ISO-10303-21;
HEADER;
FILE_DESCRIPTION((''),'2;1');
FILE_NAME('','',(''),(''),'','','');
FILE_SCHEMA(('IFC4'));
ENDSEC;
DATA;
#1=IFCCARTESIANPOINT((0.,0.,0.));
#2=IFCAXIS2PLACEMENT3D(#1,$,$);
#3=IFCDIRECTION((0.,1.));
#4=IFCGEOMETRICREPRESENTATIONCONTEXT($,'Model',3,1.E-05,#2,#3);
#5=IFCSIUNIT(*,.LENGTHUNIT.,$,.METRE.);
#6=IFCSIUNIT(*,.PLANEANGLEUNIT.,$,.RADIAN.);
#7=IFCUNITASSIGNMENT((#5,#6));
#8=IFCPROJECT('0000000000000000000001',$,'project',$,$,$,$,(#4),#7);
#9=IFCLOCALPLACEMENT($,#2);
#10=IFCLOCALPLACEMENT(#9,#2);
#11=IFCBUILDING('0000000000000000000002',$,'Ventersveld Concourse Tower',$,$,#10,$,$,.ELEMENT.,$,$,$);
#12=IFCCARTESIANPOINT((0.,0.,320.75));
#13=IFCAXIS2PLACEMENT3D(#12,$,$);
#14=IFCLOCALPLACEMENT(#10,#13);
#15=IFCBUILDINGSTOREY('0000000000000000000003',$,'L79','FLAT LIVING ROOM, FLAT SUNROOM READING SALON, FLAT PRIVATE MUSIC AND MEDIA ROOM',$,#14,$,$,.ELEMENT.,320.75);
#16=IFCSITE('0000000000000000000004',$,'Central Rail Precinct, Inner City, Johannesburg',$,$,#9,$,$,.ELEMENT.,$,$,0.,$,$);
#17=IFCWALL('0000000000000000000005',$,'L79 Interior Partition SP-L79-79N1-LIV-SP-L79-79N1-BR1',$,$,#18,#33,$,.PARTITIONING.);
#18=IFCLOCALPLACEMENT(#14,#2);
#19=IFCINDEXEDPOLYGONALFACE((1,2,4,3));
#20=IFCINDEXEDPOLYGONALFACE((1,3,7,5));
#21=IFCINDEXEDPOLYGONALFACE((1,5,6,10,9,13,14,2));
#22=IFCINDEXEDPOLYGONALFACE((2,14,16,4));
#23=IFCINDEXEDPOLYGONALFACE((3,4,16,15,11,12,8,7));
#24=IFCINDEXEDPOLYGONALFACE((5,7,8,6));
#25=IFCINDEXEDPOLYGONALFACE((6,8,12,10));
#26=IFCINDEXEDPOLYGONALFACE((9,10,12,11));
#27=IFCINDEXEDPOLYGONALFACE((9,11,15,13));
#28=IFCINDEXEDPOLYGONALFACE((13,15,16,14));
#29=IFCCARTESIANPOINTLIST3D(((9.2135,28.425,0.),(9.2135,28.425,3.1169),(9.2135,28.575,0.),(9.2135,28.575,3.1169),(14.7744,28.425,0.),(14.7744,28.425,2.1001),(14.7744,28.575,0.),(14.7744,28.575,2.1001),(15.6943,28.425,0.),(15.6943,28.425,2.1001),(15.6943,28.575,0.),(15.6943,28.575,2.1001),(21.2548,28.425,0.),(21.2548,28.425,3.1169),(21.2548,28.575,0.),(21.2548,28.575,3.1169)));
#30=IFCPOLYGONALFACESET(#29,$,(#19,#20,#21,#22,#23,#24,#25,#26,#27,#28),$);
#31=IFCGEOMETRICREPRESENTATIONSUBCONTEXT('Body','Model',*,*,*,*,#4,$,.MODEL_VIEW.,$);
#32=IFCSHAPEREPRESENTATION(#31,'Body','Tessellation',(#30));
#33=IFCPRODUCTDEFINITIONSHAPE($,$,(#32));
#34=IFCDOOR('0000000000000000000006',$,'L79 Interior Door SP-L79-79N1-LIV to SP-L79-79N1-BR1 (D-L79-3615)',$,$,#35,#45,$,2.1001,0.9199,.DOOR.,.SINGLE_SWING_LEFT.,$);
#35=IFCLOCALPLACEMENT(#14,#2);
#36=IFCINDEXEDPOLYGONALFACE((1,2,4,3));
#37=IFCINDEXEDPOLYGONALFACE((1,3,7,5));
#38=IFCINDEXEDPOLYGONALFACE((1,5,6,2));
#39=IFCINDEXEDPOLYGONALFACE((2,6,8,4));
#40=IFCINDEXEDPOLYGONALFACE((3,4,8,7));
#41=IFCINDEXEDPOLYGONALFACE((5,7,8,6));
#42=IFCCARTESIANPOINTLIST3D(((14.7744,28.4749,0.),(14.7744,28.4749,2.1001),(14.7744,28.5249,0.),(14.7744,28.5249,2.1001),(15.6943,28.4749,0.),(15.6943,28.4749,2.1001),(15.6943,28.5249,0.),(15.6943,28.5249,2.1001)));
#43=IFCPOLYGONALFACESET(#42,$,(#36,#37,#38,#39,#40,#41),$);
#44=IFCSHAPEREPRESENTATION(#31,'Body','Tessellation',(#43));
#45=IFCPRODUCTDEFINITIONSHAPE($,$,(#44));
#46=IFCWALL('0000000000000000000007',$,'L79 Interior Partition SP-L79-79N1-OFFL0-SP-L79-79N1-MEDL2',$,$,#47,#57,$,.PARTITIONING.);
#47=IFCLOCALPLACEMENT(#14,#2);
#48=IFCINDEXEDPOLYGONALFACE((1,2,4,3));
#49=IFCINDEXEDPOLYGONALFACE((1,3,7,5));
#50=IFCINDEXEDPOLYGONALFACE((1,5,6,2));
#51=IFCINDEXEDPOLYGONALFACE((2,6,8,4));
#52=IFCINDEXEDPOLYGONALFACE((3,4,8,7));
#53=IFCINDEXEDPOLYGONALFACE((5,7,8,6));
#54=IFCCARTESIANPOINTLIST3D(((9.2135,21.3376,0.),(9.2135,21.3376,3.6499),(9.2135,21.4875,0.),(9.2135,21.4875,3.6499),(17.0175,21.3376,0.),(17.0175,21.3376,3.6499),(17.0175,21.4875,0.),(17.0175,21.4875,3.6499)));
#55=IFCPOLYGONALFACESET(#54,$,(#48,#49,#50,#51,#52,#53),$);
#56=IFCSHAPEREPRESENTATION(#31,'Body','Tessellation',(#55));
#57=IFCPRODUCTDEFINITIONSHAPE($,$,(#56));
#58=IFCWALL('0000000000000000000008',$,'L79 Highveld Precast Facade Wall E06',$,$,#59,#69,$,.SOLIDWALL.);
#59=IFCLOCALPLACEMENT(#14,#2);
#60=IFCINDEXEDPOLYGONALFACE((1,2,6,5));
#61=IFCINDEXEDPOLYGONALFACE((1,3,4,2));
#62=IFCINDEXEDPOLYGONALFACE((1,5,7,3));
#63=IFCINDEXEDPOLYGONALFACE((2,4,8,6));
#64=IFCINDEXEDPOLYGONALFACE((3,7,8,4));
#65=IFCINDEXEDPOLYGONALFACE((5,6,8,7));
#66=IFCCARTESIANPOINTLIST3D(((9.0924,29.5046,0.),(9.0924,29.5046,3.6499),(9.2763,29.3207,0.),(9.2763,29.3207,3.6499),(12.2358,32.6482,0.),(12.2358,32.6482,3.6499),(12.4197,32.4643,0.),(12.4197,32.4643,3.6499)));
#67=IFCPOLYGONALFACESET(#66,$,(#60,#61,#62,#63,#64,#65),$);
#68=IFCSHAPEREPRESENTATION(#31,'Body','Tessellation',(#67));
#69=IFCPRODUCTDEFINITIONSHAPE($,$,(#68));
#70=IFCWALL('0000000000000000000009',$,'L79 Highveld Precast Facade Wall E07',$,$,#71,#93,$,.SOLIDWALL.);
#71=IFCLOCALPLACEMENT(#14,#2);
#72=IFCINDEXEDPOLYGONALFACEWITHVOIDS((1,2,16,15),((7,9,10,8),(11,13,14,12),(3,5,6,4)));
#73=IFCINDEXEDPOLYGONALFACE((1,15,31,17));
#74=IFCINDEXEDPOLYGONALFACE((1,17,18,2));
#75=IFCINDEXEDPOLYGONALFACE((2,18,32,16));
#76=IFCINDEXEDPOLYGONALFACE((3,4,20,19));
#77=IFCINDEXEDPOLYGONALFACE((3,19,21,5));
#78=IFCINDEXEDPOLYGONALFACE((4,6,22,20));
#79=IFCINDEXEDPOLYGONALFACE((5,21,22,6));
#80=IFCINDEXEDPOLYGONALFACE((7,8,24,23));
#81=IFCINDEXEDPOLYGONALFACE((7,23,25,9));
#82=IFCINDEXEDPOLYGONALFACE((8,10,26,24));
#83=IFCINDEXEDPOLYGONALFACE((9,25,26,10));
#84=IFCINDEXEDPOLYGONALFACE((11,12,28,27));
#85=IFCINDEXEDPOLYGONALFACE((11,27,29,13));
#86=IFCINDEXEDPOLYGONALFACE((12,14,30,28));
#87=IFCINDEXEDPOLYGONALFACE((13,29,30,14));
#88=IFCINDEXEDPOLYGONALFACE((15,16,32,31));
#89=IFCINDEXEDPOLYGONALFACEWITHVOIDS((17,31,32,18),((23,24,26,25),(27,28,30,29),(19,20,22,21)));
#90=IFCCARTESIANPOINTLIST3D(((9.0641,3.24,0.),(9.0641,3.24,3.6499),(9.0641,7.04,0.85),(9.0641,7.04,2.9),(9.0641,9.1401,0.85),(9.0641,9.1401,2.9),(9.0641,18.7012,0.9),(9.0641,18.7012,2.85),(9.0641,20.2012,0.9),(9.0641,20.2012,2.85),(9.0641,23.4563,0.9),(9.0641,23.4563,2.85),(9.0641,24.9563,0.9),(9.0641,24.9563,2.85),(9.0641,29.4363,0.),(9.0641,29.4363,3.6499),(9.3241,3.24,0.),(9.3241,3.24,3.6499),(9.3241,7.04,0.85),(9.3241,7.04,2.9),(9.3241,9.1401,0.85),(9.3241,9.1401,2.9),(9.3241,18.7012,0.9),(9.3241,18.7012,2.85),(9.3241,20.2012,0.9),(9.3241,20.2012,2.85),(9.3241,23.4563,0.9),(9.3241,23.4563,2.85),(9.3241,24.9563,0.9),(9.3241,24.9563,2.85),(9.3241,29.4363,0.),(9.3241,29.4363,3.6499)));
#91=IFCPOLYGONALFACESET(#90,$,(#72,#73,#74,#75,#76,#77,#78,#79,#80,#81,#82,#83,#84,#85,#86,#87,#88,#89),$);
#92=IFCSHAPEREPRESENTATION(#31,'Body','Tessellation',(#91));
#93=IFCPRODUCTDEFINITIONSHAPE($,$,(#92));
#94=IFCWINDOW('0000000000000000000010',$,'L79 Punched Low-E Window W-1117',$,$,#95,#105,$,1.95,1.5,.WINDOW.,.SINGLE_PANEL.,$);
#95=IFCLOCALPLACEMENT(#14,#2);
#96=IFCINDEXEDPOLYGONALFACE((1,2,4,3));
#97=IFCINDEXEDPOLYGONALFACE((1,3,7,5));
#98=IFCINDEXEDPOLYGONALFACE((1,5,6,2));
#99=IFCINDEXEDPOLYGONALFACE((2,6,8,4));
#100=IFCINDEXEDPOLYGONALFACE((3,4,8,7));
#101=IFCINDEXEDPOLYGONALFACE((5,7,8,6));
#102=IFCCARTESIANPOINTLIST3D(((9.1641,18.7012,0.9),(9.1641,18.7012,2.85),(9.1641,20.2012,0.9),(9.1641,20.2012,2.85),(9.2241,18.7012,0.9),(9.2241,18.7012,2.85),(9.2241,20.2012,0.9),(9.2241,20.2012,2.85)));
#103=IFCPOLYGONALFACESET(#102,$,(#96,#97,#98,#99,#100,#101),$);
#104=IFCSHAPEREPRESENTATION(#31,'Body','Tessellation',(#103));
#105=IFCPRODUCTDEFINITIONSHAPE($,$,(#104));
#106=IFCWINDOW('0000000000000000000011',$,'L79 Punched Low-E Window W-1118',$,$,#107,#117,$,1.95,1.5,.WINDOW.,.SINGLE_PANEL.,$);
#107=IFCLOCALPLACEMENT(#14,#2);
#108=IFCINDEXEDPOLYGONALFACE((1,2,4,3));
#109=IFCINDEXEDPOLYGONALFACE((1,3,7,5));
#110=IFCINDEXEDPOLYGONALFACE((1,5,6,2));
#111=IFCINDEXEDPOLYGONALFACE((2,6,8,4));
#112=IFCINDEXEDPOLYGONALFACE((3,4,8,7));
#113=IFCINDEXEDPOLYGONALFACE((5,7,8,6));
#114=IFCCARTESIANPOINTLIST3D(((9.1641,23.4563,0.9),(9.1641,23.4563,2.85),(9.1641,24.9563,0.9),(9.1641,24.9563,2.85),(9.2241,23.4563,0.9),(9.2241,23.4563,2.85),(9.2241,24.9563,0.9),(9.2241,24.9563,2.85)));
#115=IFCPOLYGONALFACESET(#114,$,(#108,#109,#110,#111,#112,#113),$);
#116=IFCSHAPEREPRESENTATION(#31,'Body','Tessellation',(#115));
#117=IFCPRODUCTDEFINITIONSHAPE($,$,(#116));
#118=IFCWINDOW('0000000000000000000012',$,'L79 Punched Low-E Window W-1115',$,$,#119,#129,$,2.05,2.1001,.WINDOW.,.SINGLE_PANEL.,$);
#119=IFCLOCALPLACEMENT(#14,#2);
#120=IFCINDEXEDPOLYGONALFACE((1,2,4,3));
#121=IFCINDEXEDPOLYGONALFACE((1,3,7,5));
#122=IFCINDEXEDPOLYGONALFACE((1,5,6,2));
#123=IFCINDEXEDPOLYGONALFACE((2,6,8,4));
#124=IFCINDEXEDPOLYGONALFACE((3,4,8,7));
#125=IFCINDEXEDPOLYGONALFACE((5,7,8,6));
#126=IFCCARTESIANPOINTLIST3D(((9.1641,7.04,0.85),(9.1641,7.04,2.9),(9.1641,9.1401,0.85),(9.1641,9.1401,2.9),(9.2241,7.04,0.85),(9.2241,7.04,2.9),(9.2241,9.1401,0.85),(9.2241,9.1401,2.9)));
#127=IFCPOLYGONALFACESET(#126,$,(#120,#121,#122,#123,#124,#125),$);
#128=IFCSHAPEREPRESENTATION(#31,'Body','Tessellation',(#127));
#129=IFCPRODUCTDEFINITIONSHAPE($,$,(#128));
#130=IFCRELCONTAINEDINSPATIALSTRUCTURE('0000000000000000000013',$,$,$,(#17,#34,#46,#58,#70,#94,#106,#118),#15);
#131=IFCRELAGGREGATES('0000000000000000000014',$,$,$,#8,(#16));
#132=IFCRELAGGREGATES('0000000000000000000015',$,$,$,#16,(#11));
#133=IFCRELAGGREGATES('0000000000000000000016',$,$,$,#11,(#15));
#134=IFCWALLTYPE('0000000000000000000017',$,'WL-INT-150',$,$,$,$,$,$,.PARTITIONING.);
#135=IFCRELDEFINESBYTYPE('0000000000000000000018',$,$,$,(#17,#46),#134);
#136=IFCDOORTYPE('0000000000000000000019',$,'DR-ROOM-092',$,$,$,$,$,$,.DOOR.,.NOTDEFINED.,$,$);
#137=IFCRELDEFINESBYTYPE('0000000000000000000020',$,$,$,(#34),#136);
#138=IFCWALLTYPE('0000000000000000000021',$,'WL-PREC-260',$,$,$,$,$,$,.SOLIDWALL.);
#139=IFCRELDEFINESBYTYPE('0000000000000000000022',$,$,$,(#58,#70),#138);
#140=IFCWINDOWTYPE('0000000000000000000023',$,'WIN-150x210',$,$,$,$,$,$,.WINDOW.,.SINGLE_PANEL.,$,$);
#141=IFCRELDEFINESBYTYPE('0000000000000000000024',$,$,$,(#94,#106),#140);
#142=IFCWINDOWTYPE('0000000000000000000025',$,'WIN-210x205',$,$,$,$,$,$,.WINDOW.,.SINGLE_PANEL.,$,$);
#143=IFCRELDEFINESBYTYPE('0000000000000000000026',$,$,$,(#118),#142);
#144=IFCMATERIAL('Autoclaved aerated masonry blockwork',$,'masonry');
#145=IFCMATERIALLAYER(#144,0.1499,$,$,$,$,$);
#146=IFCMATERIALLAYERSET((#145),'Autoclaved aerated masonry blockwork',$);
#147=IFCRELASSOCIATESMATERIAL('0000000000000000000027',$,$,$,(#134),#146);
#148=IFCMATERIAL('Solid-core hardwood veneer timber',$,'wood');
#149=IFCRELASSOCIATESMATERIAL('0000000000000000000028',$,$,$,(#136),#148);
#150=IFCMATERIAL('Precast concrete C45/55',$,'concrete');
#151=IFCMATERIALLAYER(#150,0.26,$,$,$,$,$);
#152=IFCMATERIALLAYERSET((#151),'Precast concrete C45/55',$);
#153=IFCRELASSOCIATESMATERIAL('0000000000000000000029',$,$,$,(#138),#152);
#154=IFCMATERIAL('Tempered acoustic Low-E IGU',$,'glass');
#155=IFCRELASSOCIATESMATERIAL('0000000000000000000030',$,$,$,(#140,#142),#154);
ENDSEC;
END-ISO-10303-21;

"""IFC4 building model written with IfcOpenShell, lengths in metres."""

from ifc_helpers import new_model, si_unit, direction, frame, frame_2d, origin, place, context, subcontext, project, spatial, rectangle, extrude, material, layer, layer_set, type_object, element, fill, save


model = new_model("IFC4")

# Units and contexts
model_context = context("Model", 3, precision=1e-05, world=origin(), true_north=direction((0.0, 1.0)))
body_context = subcontext(model_context, "Body", "Model", "MODEL_VIEW")
ifc_project = project(units=[si_unit("LENGTHUNIT", "METRE"), si_unit("PLANEANGLEUNIT", "RADIAN")], contexts=[model_context])

# Site, building, storey
site_placement = place(None, origin())
site = spatial("IfcSite", under=ifc_project, at=site_placement, Name="Central Rail Precinct, Inner City, Johannesburg", CompositionType="ELEMENT", RefElevation=0.0)
building_placement = place(site_placement, origin())
building = spatial("IfcBuilding", under=site, at=building_placement, Name="Ventersveld Concourse Tower", CompositionType="ELEMENT")
storey_placement = place(building_placement, frame((0.0, 0.0, 320.75)))
storey = spatial("IfcBuildingStorey", under=building, at=storey_placement, Name="L79", Description="FLAT LIVING ROOM, FLAT SUNROOM READING SALON, FLAT PRIVATE MUSIC AND MEDIA ROOM", CompositionType="ELEMENT", Elevation=320.75)

# Shared definitions
ifc_material_1 = material(Name="Autoclaved aerated masonry blockwork", Category="masonry")
ifc_layer_1 = layer(ifc_material_1, 0.1499)
ifc_layer_set_1 = layer_set([ifc_layer_1], Name="Autoclaved aerated masonry blockwork")
wall_type_1 = type_object("IfcWallType", Name="WL-INT-150", PredefinedType="PARTITIONING", material=ifc_layer_set_1)
ifc_material_2 = material(Name="Solid-core hardwood veneer timber", Category="wood")
door_type = type_object("IfcDoorType", Name="DR-ROOM-092", OperationType="NOTDEFINED", PredefinedType="DOOR", material=ifc_material_2)

# Wall, opening, door
wall_1_placement = place(storey_placement, frame((9.2136, 28.5, 0.0), z_axis=(0.0, 0.0, 1.0), x_axis=(1.0, 0.0, 0.0)))
wall_1 = element("IfcWall", 1, at=wall_1_placement, inside=storey, type_object=wall_type_1, Name="L79 Interior Partition SP-L79-79N1-LIV-SP-L79-79N1-BR1", PredefinedType="PARTITIONING", context=body_context, shape_type="SweptSolid", body=[
    extrude(rectangle(XDim=12.0413, YDim=0.1499, at=frame_2d((6.0205, 0.0))), origin(), (0.0, 0.0, 1.0), 3.1169),
])
opening_1_placement = place(wall_1_placement, frame((5.5608, 0.0, 0.0)))
opening_1 = element("IfcOpeningElement", 2, at=opening_1_placement, cuts=wall_1, PredefinedType="OPENING", context=body_context, shape_type="SweptSolid", body=[
    extrude(rectangle(XDim=0.9199, YDim=2.1001, at=frame_2d((0.46, 1.05))), frame((0.0, 0.085, 0.0), z_axis=(0.0, -1.0, 0.0), x_axis=(1.0, 0.0, 0.0)), (0.0, 0.0, 1.0), 0.1699),
])
door_1_placement = place(opening_1_placement, origin())
door_1 = element("IfcDoor", 3, at=door_1_placement, inside=storey, type_object=door_type, Name="L79 Interior Door SP-L79-79N1-LIV to SP-L79-79N1-BR1 (D-L79-3615)", OperationType="SINGLE_SWING_LEFT", OverallHeight=2.1001, OverallWidth=0.9199, PredefinedType="DOOR", context=body_context, shape_type="SweptSolid", body=[
    extrude(rectangle(XDim=0.9199, YDim=2.1001, at=frame_2d((0.46, 1.05))), frame((0.0, 0.0249, 0.0), z_axis=(0.0, -1.0, 0.0), x_axis=(1.0, 0.0, 0.0)), (0.0, 0.0, 1.0), 0.05),
])
fill(opening_1, door_1)

# Walls
wall_2_placement = place(storey_placement, frame((9.2136, 21.4126, 0.0), z_axis=(0.0, 0.0, 1.0), x_axis=(1.0, 0.0, 0.0)))
element("IfcWall", 4, at=wall_2_placement, inside=storey, type_object=wall_type_1, Name="L79 Interior Partition SP-L79-79N1-OFFL0-SP-L79-79N1-MEDL2", PredefinedType="PARTITIONING", context=body_context, shape_type="SweptSolid", body=[
    extrude(rectangle(XDim=7.804, YDim=0.1499, at=frame_2d((3.9019, 0.0))), origin(), (0.0, 0.0, 1.0), 3.6499),
])
ifc_material_3 = material(Name="Precast concrete C45/55", Category="concrete")
ifc_layer_2 = layer(ifc_material_3, 0.26)
ifc_layer_set_2 = layer_set([ifc_layer_2], Name="Precast concrete C45/55")
wall_type_2 = type_object("IfcWallType", Name="WL-PREC-260", PredefinedType="SOLIDWALL", material=ifc_layer_set_2)
wall_3_placement = place(storey_placement, frame((12.3276, 32.5562, 0.0), z_axis=(0.0, 0.0, 1.0), x_axis=(-0.707079, -0.707134, 0.0)))
element("IfcWall", 5, at=wall_3_placement, inside=storey, type_object=wall_type_2, Name="L79 Highveld Precast Facade Wall E06", PredefinedType="SOLIDWALL", context=body_context, shape_type="SweptSolid", body=[
    extrude(rectangle(XDim=4.4456, YDim=0.26, at=frame_2d((2.2227, 0.0))), origin(), (0.0, 0.0, 1.0), 3.6499),
])

# Wall, openings, windows
wall_4_placement = place(storey_placement, frame((9.1941, 29.4363, 0.0), z_axis=(0.0, 0.0, 1.0), x_axis=(0.0, -1.0, 0.0)))
wall_4 = element("IfcWall", 6, at=wall_4_placement, inside=storey, type_object=wall_type_2, Name="L79 Highveld Precast Facade Wall E07", PredefinedType="SOLIDWALL", context=body_context, shape_type="SweptSolid", body=[
    extrude(rectangle(XDim=26.1963, YDim=0.26, at=frame_2d((13.0981, 0.0))), origin(), (0.0, 0.0, 1.0), 3.6499),
])
opening_2_placement = place(wall_4_placement, frame((20.2961, 0.0, 0.8501)))
opening_2 = element("IfcOpeningElement", 7, at=opening_2_placement, cuts=wall_4, PredefinedType="OPENING", context=body_context, shape_type="SweptSolid", body=[
    extrude(rectangle(XDim=2.1001, YDim=2.05, at=frame_2d((1.05, 1.0249))), frame((0.0, 0.1401, 0.0), z_axis=(0.0, -1.0, 0.0), x_axis=(1.0, 0.0, 0.0)), (0.0, 0.0, 1.0), 0.28),
])
opening_3_placement = place(wall_4_placement, frame((9.2351, 0.0, 0.8999)))
opening_3 = element("IfcOpeningElement", 8, at=opening_3_placement, cuts=wall_4, PredefinedType="OPENING", context=body_context, shape_type="SweptSolid", body=[
    extrude(rectangle(XDim=1.5, YDim=1.95, at=frame_2d((0.75, 0.9751))), frame((0.0, 0.1401, 0.0), z_axis=(0.0, -1.0, 0.0), x_axis=(1.0, 0.0, 0.0)), (0.0, 0.0, 1.0), 0.28),
])
opening_4_placement = place(wall_4_placement, frame((4.48, 0.0, 0.8999)))
opening_4 = element("IfcOpeningElement", 9, at=opening_4_placement, cuts=wall_4, PredefinedType="OPENING", context=body_context, shape_type="SweptSolid", body=[
    extrude(rectangle(XDim=1.5, YDim=1.95, at=frame_2d((0.75, 0.9751))), frame((0.0, 0.1401, 0.0), z_axis=(0.0, -1.0, 0.0), x_axis=(1.0, 0.0, 0.0)), (0.0, 0.0, 1.0), 0.28),
])
ifc_material_4 = material(Name="Tempered acoustic Low-E IGU", Category="glass")
window_type_1 = type_object("IfcWindowType", Name="WIN-150x210", PartitioningType="SINGLE_PANEL", PredefinedType="WINDOW", material=ifc_material_4)
window_1_placement = place(opening_3_placement, origin())
window_1 = element("IfcWindow", 10, at=window_1_placement, inside=storey, type_object=window_type_1, Name="L79 Punched Low-E Window W-1117", OverallHeight=1.95, OverallWidth=1.5, PartitioningType="SINGLE_PANEL", PredefinedType="WINDOW", context=body_context, shape_type="SweptSolid", body=[
    extrude(rectangle(XDim=1.5, YDim=1.95, at=frame_2d((0.75, 0.9751))), frame((0.0, 0.03, 0.0), z_axis=(0.0, -1.0, 0.0), x_axis=(1.0, 0.0, 0.0)), (0.0, 0.0, 1.0), 0.0601),
])
fill(opening_3, window_1)
window_2_placement = place(opening_4_placement, origin())
window_2 = element("IfcWindow", 11, at=window_2_placement, inside=storey, type_object=window_type_1, Name="L79 Punched Low-E Window W-1118", OverallHeight=1.95, OverallWidth=1.5, PartitioningType="SINGLE_PANEL", PredefinedType="WINDOW", context=body_context, shape_type="SweptSolid", body=[
    extrude(rectangle(XDim=1.5, YDim=1.95, at=frame_2d((0.75, 0.9751))), frame((0.0, 0.03, 0.0), z_axis=(0.0, -1.0, 0.0), x_axis=(1.0, 0.0, 0.0)), (0.0, 0.0, 1.0), 0.0601),
])
fill(opening_4, window_2)
window_type_2 = type_object("IfcWindowType", Name="WIN-210x205", PartitioningType="SINGLE_PANEL", PredefinedType="WINDOW", material=ifc_material_4)
window_3_placement = place(opening_2_placement, origin())
window_3 = element("IfcWindow", 12, at=window_3_placement, inside=storey, type_object=window_type_2, Name="L79 Punched Low-E Window W-1115", OverallHeight=2.05, OverallWidth=2.1001, PartitioningType="SINGLE_PANEL", PredefinedType="WINDOW", context=body_context, shape_type="SweptSolid", body=[
    extrude(rectangle(XDim=2.1001, YDim=2.05, at=frame_2d((1.05, 1.0249))), frame((0.0, 0.03, 0.0), z_axis=(0.0, -1.0, 0.0), x_axis=(1.0, 0.0, 0.0)), (0.0, 0.0, 1.0), 0.0601),
])
fill(opening_2, window_3)

save(model, "model.ifc")
